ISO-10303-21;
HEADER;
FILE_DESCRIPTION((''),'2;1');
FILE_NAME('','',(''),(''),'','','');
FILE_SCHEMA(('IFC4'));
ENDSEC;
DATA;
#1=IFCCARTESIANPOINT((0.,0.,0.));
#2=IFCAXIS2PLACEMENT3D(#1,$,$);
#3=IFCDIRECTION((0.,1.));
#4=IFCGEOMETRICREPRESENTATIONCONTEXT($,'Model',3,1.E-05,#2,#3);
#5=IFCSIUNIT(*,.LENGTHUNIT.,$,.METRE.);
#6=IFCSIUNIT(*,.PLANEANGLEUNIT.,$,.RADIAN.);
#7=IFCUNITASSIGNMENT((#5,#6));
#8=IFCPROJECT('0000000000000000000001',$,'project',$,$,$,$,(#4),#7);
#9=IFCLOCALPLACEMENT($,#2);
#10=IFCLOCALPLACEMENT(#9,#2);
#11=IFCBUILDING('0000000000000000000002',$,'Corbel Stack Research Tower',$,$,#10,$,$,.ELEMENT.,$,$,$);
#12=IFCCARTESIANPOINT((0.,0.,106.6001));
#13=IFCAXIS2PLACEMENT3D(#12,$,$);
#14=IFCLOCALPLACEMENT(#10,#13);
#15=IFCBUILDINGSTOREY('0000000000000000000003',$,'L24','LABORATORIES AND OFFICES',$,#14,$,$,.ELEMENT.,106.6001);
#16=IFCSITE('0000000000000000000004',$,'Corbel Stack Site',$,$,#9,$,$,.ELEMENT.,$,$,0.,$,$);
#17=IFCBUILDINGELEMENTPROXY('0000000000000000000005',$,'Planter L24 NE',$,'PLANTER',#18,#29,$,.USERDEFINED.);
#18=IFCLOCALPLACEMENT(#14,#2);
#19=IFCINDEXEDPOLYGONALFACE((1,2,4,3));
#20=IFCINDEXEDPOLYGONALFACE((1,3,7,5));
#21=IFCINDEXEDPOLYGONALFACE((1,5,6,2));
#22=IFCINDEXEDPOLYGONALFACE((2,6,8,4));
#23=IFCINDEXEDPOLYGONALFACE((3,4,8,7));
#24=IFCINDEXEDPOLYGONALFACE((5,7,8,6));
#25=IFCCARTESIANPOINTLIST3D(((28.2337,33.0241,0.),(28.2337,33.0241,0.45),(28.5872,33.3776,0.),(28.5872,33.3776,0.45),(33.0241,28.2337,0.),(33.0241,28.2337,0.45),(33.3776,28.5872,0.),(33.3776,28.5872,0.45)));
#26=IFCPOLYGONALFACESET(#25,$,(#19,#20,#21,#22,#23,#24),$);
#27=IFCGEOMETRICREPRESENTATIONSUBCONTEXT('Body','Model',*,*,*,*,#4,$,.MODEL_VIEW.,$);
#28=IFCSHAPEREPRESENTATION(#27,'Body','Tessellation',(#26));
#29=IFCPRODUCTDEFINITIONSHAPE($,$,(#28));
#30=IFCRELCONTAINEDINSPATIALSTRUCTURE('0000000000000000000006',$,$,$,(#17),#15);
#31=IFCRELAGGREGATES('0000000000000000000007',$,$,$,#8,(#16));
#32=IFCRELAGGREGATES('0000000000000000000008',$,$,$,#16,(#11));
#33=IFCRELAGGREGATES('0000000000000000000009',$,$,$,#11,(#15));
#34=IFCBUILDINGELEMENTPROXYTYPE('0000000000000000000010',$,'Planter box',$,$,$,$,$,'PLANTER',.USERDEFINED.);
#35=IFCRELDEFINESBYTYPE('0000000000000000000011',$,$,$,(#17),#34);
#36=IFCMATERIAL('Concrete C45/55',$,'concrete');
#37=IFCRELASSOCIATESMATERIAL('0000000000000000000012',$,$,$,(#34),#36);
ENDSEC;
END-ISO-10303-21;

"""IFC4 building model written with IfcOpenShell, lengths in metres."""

from ifc_helpers import new_model, si_unit, direction, frame, origin, origin_2d, place, context, subcontext, project, spatial, rectangle, extrude, material, type_object, element, save


model = new_model("IFC4")

# Units and contexts
model_context = context("Model", 3, precision=1e-05, world=origin(), true_north=direction((0.0, 1.0)))
body_context = subcontext(model_context, "Body", "Model", "MODEL_VIEW")
ifc_project = project(units=[si_unit("LENGTHUNIT", "METRE"), si_unit("PLANEANGLEUNIT", "RADIAN")], contexts=[model_context])

# Site, building, storey
site_placement = place(None, origin())
site = spatial("IfcSite", under=ifc_project, at=site_placement, Name="Corbel Stack Site", CompositionType="ELEMENT", RefElevation=0.0)
building_placement = place(site_placement, origin())
building = spatial("IfcBuilding", under=site, at=building_placement, Name="Corbel Stack Research Tower", CompositionType="ELEMENT")
storey_placement = place(building_placement, frame((0.0, 0.0, 106.6001)))
storey = spatial("IfcBuildingStorey", under=building, at=storey_placement, Name="L24", Description="LABORATORIES AND OFFICES", CompositionType="ELEMENT", Elevation=106.6001)

# Building element proxy
ifc_material_1 = material(Name="Concrete C45/55", Category="concrete")
building_element_proxy_type = type_object("IfcBuildingElementProxyType", Name="Planter box", ElementType="PLANTER", PredefinedType="USERDEFINED", material=ifc_material_1)
proxy_placement = place(storey_placement, frame((30.8057, 30.8057, 0.0), z_axis=(0.0, 0.0, 1.0), x_axis=(-0.707107, 0.707107, 0.0)))
element("IfcBuildingElementProxy", 1, at=proxy_placement, inside=storey, type_object=building_element_proxy_type, Name="Planter L24 NE", ObjectType="PLANTER", PredefinedType="USERDEFINED", context=body_context, shape_type="SweptSolid", body=[
    extrude(rectangle(XDim=6.7747, YDim=0.5, at=origin_2d()), origin(), (0.0, 0.0, 1.0), 0.45),
])

save(model, "model.ifc")
